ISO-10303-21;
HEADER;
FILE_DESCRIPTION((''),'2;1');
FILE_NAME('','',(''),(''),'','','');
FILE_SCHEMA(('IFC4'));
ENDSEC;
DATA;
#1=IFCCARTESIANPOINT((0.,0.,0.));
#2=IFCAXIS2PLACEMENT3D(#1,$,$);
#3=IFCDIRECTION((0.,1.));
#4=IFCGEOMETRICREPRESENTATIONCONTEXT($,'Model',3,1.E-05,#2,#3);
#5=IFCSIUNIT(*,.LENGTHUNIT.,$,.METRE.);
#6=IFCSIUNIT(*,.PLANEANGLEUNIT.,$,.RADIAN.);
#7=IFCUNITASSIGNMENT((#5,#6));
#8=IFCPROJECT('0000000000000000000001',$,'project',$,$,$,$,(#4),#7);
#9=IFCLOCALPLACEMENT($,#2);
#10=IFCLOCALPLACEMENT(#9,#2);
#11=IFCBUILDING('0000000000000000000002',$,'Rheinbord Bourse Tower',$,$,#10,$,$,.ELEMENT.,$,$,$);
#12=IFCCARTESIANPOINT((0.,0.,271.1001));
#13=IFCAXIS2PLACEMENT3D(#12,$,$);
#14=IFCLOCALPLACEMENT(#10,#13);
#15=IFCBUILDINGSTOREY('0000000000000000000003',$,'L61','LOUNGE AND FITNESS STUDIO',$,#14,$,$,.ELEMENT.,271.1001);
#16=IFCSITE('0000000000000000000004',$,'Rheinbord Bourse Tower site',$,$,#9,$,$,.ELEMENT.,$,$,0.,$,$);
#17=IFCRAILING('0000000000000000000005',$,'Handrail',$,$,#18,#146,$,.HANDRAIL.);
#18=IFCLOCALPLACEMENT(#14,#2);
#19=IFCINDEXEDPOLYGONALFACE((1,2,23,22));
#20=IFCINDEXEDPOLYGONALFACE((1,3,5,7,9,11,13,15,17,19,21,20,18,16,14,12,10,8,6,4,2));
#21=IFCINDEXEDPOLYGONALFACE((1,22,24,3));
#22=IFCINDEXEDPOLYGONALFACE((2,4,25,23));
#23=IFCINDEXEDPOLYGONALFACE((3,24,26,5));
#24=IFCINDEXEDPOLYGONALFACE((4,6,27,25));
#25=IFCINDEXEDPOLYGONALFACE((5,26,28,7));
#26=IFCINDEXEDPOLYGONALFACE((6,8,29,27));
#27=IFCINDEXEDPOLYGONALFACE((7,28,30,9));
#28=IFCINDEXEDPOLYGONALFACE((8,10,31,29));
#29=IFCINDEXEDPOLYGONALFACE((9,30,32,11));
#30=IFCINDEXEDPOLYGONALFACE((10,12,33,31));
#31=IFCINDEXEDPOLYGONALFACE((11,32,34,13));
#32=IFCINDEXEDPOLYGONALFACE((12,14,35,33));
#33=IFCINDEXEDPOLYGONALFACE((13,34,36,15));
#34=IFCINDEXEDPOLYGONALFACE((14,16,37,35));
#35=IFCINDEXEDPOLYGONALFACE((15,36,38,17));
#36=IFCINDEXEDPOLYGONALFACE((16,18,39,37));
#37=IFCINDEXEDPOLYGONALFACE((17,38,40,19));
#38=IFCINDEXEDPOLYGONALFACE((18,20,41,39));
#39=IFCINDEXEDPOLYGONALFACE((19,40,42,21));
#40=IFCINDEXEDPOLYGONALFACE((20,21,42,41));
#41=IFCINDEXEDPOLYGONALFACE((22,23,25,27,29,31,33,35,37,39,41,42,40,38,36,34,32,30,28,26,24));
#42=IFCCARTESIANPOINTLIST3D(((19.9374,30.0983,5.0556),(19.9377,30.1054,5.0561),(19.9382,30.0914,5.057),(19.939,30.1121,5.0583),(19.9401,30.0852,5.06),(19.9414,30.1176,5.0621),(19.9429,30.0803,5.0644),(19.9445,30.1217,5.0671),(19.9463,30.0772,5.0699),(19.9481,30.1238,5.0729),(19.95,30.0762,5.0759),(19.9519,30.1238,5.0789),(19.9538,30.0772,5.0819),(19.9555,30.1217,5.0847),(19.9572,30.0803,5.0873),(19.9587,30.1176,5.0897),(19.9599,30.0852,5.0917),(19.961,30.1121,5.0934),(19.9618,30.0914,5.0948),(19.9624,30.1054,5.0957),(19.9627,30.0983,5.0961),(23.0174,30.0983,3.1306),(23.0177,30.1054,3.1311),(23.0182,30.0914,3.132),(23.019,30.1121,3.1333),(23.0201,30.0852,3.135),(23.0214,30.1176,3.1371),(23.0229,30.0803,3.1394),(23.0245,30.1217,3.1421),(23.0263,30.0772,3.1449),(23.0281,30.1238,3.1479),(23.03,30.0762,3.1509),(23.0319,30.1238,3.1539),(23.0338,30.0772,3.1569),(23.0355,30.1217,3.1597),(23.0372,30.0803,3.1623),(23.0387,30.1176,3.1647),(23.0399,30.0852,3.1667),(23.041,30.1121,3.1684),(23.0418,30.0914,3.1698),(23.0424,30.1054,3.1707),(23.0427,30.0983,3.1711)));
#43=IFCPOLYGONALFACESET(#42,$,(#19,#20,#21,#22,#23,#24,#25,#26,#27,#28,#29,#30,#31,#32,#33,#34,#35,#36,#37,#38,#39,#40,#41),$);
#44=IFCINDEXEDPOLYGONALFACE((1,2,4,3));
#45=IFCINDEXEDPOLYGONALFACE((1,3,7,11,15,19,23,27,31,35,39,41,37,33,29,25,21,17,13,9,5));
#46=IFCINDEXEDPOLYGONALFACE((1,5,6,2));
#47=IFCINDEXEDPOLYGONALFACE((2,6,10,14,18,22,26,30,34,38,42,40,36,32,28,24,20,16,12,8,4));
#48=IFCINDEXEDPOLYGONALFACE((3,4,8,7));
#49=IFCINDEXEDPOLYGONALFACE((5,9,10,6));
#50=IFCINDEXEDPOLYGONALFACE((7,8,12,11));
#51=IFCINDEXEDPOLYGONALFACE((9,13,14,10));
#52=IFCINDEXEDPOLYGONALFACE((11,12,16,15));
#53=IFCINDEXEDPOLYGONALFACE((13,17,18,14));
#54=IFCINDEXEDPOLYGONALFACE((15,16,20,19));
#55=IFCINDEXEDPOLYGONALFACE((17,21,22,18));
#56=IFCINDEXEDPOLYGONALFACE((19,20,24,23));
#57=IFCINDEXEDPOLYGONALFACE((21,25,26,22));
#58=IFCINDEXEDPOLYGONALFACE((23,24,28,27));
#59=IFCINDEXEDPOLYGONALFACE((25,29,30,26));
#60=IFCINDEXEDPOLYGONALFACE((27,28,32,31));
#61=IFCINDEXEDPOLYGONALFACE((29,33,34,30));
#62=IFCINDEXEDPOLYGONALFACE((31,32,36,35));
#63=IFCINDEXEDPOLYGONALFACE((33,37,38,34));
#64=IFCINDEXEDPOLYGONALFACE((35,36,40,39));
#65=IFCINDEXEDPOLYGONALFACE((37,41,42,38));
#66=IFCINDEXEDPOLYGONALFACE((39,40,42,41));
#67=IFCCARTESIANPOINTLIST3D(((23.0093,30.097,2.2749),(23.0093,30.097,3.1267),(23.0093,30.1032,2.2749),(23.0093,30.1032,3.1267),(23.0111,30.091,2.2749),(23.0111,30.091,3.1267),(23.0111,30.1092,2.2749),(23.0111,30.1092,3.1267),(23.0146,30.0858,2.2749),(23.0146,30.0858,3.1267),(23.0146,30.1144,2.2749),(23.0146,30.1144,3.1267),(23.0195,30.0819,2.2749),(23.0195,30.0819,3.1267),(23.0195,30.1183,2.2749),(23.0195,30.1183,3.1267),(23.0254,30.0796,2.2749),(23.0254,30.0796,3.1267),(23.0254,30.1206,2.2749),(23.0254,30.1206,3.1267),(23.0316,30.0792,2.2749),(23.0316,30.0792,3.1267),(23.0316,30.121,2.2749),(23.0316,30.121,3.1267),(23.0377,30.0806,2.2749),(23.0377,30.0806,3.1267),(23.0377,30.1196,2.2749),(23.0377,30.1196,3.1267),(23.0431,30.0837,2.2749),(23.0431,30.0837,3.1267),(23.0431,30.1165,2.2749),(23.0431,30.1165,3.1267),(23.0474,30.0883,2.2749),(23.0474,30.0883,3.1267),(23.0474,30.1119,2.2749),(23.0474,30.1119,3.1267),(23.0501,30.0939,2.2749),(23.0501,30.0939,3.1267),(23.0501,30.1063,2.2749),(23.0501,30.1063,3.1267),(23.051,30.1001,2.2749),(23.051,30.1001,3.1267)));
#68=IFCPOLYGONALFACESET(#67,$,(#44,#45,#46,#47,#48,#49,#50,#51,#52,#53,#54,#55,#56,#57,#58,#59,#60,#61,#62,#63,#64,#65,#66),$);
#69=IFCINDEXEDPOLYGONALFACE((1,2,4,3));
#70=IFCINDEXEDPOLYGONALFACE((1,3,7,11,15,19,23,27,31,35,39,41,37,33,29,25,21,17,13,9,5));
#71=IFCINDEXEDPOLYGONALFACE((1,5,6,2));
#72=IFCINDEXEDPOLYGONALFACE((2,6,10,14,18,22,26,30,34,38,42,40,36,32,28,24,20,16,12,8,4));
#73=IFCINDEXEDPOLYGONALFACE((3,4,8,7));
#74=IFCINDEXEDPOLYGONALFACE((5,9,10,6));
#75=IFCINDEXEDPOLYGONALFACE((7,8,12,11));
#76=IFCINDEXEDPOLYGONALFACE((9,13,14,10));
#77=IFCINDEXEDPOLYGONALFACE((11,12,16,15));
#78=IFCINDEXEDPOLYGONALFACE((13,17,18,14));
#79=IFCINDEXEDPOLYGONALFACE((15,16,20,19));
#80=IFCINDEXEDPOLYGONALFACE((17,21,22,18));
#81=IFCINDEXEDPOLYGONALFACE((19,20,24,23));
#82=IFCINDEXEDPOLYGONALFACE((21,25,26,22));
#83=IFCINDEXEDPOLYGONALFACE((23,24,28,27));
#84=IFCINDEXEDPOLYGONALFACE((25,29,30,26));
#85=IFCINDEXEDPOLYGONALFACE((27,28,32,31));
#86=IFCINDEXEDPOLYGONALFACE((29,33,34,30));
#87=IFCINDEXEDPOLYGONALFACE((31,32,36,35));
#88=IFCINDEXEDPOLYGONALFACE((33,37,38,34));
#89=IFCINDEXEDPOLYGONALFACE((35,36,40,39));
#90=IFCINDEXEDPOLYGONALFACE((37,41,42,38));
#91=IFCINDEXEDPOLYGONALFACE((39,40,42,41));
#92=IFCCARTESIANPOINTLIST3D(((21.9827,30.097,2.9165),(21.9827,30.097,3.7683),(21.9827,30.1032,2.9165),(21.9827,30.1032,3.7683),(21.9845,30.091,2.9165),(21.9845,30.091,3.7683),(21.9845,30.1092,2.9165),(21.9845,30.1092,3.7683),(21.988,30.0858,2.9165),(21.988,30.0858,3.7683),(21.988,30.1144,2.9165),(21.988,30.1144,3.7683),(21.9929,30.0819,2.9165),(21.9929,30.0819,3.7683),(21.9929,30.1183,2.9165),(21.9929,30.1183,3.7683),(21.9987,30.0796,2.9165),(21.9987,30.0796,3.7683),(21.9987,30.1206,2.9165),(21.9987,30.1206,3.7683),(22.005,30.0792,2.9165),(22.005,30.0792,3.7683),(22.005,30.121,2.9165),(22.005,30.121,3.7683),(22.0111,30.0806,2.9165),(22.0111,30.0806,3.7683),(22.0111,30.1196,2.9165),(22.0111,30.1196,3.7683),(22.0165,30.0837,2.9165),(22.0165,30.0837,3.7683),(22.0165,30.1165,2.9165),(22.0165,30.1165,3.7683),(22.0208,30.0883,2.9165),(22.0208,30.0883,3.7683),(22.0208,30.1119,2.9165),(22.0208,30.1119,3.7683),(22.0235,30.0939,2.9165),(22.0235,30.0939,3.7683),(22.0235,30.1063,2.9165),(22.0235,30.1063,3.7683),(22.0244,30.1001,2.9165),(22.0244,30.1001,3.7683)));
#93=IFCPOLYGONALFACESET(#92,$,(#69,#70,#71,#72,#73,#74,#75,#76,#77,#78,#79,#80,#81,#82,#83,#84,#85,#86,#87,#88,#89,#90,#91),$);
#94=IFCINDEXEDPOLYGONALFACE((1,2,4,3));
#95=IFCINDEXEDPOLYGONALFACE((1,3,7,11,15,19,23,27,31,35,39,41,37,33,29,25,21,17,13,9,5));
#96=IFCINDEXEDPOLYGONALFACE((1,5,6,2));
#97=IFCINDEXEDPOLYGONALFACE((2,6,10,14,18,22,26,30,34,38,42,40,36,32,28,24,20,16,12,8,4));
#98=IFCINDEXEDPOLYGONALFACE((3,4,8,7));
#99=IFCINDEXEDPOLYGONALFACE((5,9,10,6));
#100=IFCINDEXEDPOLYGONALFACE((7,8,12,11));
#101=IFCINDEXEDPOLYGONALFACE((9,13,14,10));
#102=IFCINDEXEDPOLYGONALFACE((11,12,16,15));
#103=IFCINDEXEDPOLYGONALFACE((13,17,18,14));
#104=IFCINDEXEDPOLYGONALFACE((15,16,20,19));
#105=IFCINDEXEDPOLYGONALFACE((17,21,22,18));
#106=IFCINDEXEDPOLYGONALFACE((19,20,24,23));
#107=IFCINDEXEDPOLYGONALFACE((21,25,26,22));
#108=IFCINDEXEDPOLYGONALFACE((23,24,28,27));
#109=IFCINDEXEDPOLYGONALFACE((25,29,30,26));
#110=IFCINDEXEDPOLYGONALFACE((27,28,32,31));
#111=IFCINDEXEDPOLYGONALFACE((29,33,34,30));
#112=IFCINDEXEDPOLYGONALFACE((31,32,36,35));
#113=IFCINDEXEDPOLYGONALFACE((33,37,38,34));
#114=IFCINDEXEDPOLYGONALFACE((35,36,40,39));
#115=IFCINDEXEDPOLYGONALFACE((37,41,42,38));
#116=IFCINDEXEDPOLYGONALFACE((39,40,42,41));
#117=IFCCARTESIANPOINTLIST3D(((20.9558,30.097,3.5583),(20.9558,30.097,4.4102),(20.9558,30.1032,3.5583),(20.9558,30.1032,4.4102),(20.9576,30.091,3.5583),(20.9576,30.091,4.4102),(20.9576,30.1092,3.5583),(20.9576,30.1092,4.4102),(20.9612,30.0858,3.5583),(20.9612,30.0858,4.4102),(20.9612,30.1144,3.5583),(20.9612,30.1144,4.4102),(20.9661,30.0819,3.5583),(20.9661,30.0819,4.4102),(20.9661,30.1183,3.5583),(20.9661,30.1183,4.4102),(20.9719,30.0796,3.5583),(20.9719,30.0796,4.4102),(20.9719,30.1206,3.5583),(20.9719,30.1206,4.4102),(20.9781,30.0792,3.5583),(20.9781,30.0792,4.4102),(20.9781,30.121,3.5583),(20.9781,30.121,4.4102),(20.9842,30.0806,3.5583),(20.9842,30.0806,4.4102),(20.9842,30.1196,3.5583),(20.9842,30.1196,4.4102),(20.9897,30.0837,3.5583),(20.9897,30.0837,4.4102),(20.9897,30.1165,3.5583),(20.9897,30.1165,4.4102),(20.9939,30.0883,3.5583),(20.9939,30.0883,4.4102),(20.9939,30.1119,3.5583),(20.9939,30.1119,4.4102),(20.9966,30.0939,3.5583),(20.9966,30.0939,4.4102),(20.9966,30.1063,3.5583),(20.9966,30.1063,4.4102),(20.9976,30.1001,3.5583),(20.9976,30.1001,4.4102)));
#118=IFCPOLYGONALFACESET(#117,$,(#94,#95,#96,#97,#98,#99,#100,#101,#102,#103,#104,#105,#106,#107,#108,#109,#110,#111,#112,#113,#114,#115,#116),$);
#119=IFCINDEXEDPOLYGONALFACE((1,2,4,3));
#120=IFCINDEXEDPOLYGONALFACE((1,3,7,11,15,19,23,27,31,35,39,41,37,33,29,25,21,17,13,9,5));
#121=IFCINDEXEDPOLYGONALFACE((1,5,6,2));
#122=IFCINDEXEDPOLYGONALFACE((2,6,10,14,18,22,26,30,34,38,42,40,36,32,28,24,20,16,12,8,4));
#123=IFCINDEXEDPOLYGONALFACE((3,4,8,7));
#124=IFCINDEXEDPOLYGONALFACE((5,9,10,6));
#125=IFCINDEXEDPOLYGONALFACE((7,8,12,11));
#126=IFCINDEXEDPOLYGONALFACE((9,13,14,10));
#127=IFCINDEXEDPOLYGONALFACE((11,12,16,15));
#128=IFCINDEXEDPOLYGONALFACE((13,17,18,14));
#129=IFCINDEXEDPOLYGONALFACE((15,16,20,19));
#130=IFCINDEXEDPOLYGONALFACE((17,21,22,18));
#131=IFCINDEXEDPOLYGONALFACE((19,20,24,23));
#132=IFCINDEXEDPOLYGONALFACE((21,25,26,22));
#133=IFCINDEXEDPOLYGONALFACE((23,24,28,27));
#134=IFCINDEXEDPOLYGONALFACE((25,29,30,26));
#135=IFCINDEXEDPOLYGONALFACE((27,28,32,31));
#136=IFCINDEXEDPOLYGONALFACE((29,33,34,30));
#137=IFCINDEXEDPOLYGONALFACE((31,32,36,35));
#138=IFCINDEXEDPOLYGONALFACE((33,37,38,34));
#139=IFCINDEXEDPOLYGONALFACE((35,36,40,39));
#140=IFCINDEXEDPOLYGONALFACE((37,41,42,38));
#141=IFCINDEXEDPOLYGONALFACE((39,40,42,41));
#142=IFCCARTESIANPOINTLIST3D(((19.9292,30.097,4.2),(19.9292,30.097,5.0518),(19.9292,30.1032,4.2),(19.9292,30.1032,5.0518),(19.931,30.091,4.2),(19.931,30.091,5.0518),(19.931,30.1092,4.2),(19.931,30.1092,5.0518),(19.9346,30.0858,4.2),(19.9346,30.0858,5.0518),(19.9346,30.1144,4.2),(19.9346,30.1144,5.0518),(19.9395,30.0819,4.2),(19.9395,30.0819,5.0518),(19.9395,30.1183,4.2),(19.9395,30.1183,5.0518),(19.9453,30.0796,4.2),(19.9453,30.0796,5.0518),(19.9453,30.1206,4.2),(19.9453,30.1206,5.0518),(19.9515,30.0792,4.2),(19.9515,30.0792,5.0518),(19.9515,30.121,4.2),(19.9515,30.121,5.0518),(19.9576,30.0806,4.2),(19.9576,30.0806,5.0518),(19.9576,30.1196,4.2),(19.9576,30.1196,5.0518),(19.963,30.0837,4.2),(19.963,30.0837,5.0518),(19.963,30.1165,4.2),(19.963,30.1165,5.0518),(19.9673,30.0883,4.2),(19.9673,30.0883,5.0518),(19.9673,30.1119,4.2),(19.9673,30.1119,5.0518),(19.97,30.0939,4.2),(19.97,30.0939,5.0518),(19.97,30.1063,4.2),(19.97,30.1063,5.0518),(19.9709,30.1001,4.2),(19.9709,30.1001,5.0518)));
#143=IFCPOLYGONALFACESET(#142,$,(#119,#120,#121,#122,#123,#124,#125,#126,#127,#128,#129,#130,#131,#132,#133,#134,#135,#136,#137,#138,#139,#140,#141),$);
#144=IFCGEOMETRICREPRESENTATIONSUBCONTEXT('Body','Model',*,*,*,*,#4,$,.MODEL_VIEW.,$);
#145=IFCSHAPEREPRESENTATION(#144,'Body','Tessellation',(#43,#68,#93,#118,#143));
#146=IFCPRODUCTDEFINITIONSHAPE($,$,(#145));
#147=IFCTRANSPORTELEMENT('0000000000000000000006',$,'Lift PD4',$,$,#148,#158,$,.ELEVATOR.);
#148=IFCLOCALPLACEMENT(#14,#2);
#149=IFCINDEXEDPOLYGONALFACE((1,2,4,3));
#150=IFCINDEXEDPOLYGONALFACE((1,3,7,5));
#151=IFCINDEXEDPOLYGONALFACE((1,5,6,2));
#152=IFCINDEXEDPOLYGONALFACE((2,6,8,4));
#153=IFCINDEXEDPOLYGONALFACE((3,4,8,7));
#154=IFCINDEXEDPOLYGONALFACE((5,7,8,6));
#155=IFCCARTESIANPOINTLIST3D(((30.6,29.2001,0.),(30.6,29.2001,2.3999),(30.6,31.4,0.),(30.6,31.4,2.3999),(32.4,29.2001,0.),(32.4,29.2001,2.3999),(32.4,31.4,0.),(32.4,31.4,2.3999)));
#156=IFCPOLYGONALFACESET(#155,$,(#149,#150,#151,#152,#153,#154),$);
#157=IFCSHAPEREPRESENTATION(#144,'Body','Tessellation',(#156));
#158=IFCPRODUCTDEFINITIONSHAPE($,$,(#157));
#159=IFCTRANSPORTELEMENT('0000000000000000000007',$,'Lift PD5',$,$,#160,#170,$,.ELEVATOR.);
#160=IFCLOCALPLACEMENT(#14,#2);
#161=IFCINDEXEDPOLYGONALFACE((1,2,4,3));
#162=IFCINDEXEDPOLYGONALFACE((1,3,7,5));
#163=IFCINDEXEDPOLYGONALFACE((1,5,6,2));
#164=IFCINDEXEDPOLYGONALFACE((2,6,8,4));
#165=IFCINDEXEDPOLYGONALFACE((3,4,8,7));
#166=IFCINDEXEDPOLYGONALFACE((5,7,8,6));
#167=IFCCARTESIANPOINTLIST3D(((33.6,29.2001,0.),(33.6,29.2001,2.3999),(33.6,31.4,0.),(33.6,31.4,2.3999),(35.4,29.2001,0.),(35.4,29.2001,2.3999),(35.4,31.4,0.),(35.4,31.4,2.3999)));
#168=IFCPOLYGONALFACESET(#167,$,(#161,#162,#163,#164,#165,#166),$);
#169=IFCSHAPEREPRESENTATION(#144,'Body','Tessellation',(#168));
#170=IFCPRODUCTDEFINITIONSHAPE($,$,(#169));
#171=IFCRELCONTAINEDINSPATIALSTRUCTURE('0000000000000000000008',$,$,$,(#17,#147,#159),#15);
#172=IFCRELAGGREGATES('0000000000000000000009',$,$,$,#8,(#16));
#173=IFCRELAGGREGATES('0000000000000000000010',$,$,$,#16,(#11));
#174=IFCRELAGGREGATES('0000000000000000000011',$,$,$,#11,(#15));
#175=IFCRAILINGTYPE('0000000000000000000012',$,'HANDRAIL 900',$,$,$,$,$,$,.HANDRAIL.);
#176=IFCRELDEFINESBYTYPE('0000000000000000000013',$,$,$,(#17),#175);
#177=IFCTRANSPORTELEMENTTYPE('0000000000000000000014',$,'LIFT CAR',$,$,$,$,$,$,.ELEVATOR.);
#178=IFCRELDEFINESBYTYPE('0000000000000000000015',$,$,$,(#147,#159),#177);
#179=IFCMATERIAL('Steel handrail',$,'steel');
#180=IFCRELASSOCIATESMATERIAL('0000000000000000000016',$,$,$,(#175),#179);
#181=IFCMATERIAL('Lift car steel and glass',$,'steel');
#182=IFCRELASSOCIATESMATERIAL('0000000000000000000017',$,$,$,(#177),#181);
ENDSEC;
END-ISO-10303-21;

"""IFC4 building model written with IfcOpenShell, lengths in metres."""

from ifc_helpers import new_model, si_unit, direction, frame, origin, origin_2d, place, context, subcontext, project, spatial, rectangle, circle, extrude, material, type_object, element, save


model = new_model("IFC4")

# Units and contexts
model_context = context("Model", 3, precision=1e-05, world=origin(), true_north=direction((0.0, 1.0)))
body_context = subcontext(model_context, "Body", "Model", "MODEL_VIEW")
ifc_project = project(units=[si_unit("LENGTHUNIT", "METRE"), si_unit("PLANEANGLEUNIT", "RADIAN")], contexts=[model_context])

# Site, building, storey
site_placement = place(None, origin())
site = spatial("IfcSite", under=ifc_project, at=site_placement, Name="Rheinbord Bourse Tower site", CompositionType="ELEMENT", RefElevation=0.0)
building_placement = place(site_placement, origin())
building = spatial("IfcBuilding", under=site, at=building_placement, Name="Rheinbord Bourse Tower", CompositionType="ELEMENT")
storey_placement = place(building_placement, frame((0.0, 0.0, 271.1001)))
storey = spatial("IfcBuildingStorey", under=building, at=storey_placement, Name="L61", Description="LOUNGE AND FITNESS STUDIO", CompositionType="ELEMENT", Elevation=271.1001)

# Railing
ifc_material_1 = material(Name="Steel handrail", Category="steel")
railing_type = type_object("IfcRailingType", Name="HANDRAIL 900", PredefinedType="HANDRAIL", material=ifc_material_1)
railing_1_placement = place(storey_placement, frame((23.03, 30.1001, 2.2749)))
element("IfcRailing", 1, at=railing_1_placement, inside=storey, type_object=railing_type, Name="Handrail", PredefinedType="HANDRAIL", context=body_context, shape_type="SweptSolid", body=[
    extrude(circle(Radius=0.0239, at=origin_2d()), frame((0.0, 0.0, 0.876), z_axis=(-0.847998, 0.0, 0.529999), x_axis=(0.0, -1.0, 0.0)), (0.0, 0.0, 1.0), 3.6321),
    extrude(circle(Radius=0.021, at=origin_2d()), origin(), (0.0, 0.0, 1.0), 0.8518),
    extrude(circle(Radius=0.021, at=origin_2d()), frame((-1.0266, 0.0, 0.6416)), (0.0, 0.0, 1.0), 0.8518),
    extrude(circle(Radius=0.021, at=origin_2d()), frame((-2.0535, 0.0, 1.2834)), (0.0, 0.0, 1.0), 0.8518),
    extrude(circle(Radius=0.021, at=origin_2d()), frame((-3.0801, 0.0, 1.925)), (0.0, 0.0, 1.0), 0.8518),
])

# Transport elements
ifc_material_2 = material(Name="Lift car steel and glass", Category="steel")
transport_element_type = type_object("IfcTransportElementType", Name="LIFT CAR", PredefinedType="ELEVATOR", material=ifc_material_2)
for number, where, z_axis, x_axis, name in (
    (2, (31.5, 30.3, 0.0), (0.0, 0.0, 1.0), (1.0, 0.0, 0.0), "Lift PD4"),
    (3, (34.5, 30.3, 0.0), (0.0, 0.0, 1.0), (1.0, 0.0, 0.0), "Lift PD5"),
):
    element("IfcTransportElement", number, at=place(storey_placement, frame(where, z_axis=z_axis, x_axis=x_axis)), inside=storey, type_object=transport_element_type, Name=name, PredefinedType="ELEVATOR", context=body_context, shape_type="SweptSolid", body=[
        extrude(rectangle(XDim=1.8, YDim=2.2, at=origin_2d()), origin(), (0.0, 0.0, 1.0), 2.3999),
    ])

save(model, "model.ifc")
